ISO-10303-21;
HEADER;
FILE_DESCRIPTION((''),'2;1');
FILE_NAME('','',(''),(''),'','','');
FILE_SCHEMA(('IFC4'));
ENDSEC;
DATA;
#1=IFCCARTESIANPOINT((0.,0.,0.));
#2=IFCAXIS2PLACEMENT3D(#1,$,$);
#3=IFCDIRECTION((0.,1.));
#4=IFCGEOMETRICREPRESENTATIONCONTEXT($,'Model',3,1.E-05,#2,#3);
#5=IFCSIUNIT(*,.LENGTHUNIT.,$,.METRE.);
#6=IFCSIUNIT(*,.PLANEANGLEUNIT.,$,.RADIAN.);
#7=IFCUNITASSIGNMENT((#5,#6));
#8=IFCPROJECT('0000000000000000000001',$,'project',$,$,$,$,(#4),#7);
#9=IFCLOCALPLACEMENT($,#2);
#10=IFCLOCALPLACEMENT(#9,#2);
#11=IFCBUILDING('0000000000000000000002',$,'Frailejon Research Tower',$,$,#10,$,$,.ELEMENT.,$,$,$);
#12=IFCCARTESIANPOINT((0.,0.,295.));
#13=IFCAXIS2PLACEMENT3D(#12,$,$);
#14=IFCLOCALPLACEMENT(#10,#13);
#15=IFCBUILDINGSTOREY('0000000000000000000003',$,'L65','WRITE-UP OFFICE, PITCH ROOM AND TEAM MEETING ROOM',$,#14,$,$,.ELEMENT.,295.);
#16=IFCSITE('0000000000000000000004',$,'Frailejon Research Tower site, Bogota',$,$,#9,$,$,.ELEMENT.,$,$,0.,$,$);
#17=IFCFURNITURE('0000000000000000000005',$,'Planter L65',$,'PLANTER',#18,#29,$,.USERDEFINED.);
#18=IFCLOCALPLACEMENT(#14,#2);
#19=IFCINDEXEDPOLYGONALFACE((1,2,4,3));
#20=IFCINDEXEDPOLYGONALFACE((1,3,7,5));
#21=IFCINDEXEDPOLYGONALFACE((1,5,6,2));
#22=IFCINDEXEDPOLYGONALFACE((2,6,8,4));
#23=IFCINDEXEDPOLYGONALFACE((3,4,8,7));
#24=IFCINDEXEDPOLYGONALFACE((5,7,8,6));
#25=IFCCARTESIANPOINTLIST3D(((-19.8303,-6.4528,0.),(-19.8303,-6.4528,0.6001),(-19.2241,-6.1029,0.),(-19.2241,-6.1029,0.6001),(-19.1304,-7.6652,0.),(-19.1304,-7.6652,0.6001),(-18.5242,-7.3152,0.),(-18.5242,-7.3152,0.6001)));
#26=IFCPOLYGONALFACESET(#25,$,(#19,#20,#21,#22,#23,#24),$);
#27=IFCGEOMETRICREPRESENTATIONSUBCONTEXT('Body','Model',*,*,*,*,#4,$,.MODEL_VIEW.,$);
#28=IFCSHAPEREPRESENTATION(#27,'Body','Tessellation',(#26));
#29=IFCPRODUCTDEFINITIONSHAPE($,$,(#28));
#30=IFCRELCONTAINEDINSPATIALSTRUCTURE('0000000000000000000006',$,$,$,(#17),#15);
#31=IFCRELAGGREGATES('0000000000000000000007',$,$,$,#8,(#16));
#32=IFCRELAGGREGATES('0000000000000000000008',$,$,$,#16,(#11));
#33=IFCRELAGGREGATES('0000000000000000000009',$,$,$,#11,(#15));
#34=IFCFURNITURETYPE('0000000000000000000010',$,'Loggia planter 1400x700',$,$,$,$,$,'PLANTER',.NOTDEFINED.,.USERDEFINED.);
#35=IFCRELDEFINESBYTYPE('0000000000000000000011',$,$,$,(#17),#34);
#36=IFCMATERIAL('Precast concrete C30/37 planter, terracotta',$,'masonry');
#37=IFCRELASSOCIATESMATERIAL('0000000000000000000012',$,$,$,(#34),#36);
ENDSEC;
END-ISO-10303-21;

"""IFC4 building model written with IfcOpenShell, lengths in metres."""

from ifc_helpers import new_model, si_unit, direction, frame, origin, origin_2d, place, context, subcontext, project, spatial, rectangle, extrude, material, type_object, element, save


model = new_model("IFC4")

# Units and contexts
model_context = context("Model", 3, precision=1e-05, world=origin(), true_north=direction((0.0, 1.0)))
body_context = subcontext(model_context, "Body", "Model", "MODEL_VIEW")
ifc_project = project(units=[si_unit("LENGTHUNIT", "METRE"), si_unit("PLANEANGLEUNIT", "RADIAN")], contexts=[model_context])

# Site, building, storey
site_placement = place(None, origin())
site = spatial("IfcSite", under=ifc_project, at=site_placement, Name="Frailejon Research Tower site, Bogota", CompositionType="ELEMENT", RefElevation=0.0)
building_placement = place(site_placement, origin())
building = spatial("IfcBuilding", under=site, at=building_placement, Name="Frailejon Research Tower", CompositionType="ELEMENT")
storey_placement = place(building_placement, frame((0.0, 0.0, 295.0)))
storey = spatial("IfcBuildingStorey", under=building, at=storey_placement, Name="L65", Description="WRITE-UP OFFICE, PITCH ROOM AND TEAM MEETING ROOM", CompositionType="ELEMENT", Elevation=295.0)

# Furniture
ifc_material_1 = material(Name="Precast concrete C30/37 planter, terracotta", Category="masonry")
furniture_type = type_object("IfcFurnitureType", Name="Loggia planter 1400x700", ElementType="PLANTER", AssemblyPlace="NOTDEFINED", PredefinedType="USERDEFINED", material=ifc_material_1)
furniture_placement = place(storey_placement, frame((-19.1772, -6.884, 0.0), z_axis=(0.0, 0.0, 1.0), x_axis=(0.5, -0.866025, 0.0)))
element("IfcFurniture", 1, at=furniture_placement, inside=storey, type_object=furniture_type, Name="Planter L65", ObjectType="PLANTER", PredefinedType="USERDEFINED", context=body_context, shape_type="SweptSolid", body=[
    extrude(rectangle(XDim=1.3999, YDim=0.7, at=origin_2d()), origin(), (0.0, 0.0, 1.0), 0.6001),
])

save(model, "model.ifc")
